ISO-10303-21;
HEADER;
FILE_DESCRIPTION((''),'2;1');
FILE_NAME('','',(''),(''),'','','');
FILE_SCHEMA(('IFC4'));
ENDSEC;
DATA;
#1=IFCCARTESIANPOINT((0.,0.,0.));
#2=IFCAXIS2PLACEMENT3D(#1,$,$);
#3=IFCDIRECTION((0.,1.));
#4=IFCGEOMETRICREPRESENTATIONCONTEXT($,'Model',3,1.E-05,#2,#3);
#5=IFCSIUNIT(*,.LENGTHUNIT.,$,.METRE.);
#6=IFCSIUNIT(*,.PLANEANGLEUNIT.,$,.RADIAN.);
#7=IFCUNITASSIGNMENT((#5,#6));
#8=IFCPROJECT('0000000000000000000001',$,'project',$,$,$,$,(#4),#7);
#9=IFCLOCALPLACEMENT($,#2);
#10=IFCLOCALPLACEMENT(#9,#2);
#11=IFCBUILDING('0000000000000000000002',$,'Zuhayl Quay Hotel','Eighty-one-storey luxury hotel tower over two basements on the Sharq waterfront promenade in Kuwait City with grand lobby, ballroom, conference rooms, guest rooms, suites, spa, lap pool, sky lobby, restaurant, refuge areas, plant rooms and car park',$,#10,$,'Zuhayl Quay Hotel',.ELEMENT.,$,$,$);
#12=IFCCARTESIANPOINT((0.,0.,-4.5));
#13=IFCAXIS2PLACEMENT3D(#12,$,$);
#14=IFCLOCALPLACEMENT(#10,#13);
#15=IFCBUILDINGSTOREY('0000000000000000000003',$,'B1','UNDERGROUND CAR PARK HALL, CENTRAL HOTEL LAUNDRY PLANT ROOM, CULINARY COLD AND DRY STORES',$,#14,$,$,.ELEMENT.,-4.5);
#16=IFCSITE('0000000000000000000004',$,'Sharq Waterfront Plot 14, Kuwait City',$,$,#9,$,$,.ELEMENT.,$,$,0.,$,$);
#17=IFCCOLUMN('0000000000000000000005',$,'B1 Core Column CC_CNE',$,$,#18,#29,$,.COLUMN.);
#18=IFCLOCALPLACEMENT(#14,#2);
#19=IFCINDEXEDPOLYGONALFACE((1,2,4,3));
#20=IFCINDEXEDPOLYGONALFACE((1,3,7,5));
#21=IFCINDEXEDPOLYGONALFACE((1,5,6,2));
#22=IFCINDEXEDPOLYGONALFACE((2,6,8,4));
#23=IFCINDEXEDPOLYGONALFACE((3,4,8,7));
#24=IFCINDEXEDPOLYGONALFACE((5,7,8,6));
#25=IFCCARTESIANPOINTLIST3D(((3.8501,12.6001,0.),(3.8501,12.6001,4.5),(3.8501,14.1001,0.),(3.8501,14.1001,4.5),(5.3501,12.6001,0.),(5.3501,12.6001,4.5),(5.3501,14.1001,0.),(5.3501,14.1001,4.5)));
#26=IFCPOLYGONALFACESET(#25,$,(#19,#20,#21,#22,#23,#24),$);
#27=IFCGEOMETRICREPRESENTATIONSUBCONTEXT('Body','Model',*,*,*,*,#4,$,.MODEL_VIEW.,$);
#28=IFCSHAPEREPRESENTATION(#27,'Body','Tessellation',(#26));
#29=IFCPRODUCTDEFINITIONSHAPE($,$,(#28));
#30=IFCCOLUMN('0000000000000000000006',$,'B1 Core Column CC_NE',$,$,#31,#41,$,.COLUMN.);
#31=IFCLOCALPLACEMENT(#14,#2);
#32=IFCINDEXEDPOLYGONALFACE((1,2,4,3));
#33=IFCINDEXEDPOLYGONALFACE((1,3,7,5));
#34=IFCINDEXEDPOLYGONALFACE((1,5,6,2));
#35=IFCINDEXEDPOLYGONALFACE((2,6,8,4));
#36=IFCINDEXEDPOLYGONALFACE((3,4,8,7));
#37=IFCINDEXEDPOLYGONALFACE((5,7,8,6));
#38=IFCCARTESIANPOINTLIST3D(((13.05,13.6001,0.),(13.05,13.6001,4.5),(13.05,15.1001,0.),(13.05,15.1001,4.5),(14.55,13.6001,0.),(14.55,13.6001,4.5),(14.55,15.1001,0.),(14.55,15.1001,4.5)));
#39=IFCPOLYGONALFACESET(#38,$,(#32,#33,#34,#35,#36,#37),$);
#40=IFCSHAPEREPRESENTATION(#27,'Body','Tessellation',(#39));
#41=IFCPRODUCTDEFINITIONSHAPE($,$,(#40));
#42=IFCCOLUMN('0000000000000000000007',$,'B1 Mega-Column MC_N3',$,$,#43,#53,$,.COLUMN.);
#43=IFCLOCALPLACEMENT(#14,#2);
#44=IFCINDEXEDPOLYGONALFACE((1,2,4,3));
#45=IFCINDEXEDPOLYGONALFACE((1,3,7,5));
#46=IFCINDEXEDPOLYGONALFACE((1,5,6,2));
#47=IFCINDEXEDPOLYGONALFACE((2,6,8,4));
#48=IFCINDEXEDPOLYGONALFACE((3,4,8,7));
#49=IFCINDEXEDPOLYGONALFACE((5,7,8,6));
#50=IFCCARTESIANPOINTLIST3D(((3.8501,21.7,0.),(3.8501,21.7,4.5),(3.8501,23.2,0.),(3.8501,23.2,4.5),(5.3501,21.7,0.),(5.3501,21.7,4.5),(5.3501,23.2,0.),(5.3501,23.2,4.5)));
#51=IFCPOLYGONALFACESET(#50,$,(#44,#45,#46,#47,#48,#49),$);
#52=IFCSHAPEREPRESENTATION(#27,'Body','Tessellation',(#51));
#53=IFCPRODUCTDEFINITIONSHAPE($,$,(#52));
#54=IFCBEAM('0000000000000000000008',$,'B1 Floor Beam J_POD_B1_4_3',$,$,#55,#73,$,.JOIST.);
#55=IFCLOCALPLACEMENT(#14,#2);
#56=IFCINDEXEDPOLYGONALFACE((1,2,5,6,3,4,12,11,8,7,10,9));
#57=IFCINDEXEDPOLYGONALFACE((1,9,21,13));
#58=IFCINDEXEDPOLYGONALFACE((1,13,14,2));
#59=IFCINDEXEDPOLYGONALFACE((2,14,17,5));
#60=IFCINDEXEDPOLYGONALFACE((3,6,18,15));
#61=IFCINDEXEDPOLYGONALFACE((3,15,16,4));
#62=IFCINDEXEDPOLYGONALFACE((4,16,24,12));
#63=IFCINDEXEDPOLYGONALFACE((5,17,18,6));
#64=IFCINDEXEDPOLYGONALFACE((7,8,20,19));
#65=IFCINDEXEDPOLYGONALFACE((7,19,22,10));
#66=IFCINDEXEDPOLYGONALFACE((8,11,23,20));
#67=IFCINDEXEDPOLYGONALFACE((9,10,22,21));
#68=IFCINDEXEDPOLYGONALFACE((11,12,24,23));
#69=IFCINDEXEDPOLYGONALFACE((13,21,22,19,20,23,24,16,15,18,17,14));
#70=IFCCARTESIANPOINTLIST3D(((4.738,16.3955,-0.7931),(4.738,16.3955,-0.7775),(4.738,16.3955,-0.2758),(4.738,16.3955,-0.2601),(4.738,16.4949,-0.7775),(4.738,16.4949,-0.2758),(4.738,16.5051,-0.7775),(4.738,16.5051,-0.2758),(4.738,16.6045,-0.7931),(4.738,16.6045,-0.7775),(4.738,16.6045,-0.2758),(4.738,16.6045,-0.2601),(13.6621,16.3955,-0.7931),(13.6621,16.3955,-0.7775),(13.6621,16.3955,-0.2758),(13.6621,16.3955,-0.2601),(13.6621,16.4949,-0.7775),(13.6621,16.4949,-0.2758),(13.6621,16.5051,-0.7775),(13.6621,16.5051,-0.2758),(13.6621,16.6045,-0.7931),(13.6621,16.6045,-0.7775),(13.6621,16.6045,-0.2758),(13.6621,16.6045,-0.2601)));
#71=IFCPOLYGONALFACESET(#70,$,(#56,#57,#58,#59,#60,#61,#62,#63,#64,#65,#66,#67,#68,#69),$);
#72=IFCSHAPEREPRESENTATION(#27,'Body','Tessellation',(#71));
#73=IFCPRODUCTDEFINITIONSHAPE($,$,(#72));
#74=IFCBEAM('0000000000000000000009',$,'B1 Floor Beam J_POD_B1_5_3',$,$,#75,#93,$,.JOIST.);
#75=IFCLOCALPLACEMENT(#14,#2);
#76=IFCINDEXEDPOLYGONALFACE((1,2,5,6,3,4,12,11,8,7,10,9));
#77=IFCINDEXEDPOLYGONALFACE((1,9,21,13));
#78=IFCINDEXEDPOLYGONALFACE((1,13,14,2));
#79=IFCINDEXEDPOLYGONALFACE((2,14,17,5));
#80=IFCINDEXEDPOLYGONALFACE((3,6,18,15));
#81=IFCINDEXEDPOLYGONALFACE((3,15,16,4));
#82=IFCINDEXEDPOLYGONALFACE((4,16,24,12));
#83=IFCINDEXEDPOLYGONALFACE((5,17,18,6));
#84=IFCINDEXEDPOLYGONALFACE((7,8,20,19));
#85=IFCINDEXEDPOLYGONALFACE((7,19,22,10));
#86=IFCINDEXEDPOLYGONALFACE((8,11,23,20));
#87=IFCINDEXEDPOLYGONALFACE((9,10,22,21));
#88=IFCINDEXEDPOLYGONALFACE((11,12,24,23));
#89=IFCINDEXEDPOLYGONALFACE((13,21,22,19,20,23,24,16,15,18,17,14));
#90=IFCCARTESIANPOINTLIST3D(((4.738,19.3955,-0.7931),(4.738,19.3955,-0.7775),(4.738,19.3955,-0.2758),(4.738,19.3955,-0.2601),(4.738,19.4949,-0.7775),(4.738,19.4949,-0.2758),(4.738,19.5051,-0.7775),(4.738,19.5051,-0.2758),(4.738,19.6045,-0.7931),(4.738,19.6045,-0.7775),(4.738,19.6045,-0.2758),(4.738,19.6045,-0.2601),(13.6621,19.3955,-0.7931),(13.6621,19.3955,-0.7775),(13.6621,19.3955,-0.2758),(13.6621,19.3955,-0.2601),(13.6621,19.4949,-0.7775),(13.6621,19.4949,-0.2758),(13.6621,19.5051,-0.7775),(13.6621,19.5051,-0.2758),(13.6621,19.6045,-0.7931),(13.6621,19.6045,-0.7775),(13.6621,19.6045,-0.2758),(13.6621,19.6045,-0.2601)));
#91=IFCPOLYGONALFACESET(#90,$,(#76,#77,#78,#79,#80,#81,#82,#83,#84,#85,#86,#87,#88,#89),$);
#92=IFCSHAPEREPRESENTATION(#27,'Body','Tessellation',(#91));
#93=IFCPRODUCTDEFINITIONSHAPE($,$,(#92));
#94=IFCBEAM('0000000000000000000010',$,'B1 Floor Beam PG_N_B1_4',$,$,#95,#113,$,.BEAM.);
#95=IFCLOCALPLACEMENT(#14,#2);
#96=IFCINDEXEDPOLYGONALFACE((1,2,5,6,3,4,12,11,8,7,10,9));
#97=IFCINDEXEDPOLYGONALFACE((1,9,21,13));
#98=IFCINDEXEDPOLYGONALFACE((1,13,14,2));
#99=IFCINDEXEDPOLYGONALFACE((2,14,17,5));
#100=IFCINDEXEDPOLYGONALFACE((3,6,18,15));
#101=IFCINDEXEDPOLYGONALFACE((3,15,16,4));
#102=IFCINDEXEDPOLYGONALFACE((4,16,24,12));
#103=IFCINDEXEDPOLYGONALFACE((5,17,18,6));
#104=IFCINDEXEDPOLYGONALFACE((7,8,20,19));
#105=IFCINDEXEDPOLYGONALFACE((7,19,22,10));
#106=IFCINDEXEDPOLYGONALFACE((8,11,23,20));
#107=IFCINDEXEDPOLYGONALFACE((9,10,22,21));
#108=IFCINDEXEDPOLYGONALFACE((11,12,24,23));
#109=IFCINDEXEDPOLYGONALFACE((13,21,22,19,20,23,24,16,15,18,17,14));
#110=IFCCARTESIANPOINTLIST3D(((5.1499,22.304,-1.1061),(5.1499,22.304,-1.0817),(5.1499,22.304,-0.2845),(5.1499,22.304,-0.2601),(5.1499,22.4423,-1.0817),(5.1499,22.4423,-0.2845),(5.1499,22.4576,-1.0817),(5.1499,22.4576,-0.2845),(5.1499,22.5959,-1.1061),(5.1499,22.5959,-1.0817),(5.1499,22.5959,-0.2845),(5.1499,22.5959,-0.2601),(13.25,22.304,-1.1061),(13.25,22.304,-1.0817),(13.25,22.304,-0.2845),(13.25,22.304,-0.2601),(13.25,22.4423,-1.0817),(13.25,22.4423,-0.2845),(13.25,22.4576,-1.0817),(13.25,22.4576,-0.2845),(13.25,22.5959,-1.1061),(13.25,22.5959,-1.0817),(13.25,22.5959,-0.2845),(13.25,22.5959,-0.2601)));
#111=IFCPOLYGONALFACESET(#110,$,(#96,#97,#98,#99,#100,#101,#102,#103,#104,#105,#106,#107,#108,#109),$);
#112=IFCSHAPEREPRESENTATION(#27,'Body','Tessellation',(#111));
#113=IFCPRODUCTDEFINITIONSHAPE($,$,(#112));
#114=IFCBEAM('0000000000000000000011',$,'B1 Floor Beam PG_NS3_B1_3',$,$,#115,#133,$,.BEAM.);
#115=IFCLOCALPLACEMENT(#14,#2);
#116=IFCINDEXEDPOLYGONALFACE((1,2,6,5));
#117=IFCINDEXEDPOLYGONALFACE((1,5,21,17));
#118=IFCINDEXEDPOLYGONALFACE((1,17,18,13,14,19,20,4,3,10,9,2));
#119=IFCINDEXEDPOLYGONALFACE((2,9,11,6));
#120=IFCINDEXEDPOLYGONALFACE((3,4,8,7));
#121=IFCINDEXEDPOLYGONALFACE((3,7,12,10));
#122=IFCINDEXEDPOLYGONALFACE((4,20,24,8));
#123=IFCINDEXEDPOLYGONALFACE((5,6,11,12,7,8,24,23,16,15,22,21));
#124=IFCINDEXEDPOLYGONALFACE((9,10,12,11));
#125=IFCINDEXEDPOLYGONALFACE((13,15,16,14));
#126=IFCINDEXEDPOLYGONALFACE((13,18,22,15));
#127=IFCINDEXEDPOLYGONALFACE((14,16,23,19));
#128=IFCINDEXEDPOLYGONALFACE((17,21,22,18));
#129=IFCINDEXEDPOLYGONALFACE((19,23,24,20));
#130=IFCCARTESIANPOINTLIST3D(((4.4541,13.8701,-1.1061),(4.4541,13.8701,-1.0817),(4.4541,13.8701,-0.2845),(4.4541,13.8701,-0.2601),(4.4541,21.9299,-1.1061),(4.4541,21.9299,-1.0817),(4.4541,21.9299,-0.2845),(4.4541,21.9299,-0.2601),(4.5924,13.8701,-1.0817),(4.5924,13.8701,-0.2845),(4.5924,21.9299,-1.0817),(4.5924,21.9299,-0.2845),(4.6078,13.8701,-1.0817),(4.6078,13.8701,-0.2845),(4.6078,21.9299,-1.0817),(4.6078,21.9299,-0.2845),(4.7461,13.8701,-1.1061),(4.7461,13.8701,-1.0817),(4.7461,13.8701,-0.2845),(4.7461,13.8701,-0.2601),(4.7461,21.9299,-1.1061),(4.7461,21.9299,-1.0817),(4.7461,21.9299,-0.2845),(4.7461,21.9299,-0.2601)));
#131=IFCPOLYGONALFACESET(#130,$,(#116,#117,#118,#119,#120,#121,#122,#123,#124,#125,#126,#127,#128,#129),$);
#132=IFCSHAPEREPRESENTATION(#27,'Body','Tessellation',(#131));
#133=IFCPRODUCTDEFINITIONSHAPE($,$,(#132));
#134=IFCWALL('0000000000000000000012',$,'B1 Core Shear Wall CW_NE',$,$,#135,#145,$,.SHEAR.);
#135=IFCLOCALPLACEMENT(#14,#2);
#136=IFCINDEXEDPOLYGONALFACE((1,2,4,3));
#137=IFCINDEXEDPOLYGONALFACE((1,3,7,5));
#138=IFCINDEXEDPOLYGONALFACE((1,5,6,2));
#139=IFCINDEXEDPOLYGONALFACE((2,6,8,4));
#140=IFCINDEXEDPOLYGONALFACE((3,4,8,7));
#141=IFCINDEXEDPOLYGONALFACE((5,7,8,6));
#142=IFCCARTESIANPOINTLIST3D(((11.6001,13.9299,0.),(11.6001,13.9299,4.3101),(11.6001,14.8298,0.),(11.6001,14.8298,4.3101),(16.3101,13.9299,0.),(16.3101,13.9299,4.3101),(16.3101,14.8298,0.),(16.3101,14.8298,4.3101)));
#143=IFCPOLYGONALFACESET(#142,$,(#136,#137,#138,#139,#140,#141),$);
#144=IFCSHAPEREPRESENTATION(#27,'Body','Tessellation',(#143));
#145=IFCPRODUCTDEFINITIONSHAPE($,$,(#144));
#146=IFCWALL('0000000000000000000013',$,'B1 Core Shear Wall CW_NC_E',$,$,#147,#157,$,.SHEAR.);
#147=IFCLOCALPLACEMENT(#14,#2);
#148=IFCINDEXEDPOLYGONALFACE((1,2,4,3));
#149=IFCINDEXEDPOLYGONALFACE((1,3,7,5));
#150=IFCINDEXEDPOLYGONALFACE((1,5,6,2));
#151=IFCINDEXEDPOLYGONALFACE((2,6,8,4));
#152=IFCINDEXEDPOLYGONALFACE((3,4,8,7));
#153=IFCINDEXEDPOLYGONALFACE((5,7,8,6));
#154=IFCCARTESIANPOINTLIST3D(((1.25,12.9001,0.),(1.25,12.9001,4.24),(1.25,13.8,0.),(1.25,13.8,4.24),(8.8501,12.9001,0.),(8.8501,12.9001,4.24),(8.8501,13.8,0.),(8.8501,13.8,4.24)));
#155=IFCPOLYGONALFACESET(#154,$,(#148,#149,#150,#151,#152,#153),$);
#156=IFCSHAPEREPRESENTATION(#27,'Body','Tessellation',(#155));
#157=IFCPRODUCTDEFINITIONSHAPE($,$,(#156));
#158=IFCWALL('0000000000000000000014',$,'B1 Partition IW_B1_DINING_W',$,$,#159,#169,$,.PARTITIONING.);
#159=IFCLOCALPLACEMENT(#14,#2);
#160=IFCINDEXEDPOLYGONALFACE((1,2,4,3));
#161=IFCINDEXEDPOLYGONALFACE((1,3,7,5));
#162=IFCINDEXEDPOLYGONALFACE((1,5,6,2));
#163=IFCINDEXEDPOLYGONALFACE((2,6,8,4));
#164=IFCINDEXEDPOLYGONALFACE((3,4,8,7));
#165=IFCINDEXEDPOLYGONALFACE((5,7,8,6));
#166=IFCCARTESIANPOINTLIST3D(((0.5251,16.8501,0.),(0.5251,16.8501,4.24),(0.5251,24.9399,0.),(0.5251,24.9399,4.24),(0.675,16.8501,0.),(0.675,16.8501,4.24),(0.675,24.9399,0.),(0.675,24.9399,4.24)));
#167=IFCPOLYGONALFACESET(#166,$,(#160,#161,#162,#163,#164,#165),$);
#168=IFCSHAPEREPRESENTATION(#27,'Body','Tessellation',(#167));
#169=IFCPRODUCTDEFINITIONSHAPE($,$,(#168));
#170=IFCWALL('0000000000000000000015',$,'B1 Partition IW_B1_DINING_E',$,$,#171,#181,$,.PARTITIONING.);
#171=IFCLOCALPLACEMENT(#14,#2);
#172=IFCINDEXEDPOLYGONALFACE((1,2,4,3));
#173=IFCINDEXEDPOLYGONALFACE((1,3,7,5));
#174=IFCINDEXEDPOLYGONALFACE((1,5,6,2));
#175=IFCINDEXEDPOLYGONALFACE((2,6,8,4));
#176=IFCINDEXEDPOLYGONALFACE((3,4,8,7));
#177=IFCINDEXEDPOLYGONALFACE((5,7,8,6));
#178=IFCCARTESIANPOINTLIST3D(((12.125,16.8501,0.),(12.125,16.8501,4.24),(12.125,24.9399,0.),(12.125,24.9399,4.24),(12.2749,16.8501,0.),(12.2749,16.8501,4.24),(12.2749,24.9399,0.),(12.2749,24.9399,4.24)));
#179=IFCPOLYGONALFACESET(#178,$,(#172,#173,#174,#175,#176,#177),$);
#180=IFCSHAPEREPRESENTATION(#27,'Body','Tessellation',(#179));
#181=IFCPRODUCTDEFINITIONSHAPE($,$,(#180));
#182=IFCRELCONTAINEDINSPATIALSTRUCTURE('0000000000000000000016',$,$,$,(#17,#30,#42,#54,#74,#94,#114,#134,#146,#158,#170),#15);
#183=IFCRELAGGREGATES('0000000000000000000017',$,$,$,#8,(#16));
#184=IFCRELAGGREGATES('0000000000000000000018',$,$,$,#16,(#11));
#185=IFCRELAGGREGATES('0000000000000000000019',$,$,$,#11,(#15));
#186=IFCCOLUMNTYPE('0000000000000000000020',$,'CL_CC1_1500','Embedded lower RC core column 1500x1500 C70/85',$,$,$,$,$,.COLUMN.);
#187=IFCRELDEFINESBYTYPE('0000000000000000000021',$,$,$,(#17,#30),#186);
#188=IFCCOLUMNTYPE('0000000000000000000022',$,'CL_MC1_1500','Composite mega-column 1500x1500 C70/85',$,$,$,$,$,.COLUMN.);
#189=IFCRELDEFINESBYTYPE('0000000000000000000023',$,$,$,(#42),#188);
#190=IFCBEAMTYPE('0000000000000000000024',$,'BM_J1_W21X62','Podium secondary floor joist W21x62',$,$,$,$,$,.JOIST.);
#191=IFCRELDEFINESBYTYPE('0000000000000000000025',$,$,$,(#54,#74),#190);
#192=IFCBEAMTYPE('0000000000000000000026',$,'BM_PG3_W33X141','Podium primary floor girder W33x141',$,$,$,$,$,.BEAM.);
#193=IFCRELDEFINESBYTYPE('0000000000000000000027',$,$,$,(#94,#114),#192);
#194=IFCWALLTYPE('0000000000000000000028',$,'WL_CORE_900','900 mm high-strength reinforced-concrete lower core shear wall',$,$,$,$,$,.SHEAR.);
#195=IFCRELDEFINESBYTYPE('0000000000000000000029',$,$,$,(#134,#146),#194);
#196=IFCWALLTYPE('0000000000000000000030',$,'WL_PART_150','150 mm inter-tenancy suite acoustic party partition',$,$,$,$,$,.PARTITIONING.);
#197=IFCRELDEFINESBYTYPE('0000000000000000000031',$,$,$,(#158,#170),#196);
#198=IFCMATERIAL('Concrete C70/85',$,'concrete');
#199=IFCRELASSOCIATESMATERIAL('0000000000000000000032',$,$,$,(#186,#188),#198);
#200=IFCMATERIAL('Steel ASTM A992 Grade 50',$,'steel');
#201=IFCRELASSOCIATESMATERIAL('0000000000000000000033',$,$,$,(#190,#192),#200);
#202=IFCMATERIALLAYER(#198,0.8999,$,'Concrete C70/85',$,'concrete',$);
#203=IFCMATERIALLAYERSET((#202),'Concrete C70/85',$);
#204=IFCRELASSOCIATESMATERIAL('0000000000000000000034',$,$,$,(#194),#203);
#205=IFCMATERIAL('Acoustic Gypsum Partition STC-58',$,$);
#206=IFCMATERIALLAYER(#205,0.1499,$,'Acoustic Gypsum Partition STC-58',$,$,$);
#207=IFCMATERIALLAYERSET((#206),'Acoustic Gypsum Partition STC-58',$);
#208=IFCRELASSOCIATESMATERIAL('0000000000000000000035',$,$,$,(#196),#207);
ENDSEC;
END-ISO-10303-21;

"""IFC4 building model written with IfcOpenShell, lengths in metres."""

from ifc_helpers import new_model, si_unit, direction, frame, frame_2d, origin, origin_2d, place, context, subcontext, project, spatial, rectangle, i_section, extrude, material, layer, layer_set, material_profile, profile_set, type_object, element, save


model = new_model("IFC4")

# Units and contexts
model_context = context("Model", 3, precision=1e-05, world=origin(), true_north=direction((0.0, 1.0)))
body_context = subcontext(model_context, "Body", "Model", "MODEL_VIEW")
ifc_project = project(units=[si_unit("LENGTHUNIT", "METRE"), si_unit("PLANEANGLEUNIT", "RADIAN")], contexts=[model_context])

# Site, building, storey
site_placement = place(None, origin())
site = spatial("IfcSite", under=ifc_project, at=site_placement, Name="Sharq Waterfront Plot 14, Kuwait City", CompositionType="ELEMENT", RefElevation=0.0)
building_placement = place(site_placement, origin())
building = spatial("IfcBuilding", under=site, at=building_placement, Name="Zuhayl Quay Hotel", Description="Eighty-one-storey luxury hotel tower over two basements on the Sharq waterfront promenade in Kuwait City with grand lobby, ballroom, conference rooms, guest rooms, suites, spa, lap pool, sky lobby, restaurant, refuge areas, plant rooms and car park", LongName="Zuhayl Quay Hotel", CompositionType="ELEMENT")
storey_placement = place(building_placement, frame((0.0, 0.0, -4.5)))
storey = spatial("IfcBuildingStorey", under=building, at=storey_placement, Name="B1", Description="UNDERGROUND CAR PARK HALL, CENTRAL HOTEL LAUNDRY PLANT ROOM, CULINARY COLD AND DRY STORES", CompositionType="ELEMENT", Elevation=-4.5)

# Columns
ifc_material_1 = material(Name="Concrete C70/85", Category="concrete")
ifc_material_profile_1 = material_profile(ifc_material_1, rectangle(XDim=1.5, YDim=1.5, at=origin_2d()), Name="RC1500X1500")
ifc_profile_set_1 = profile_set([ifc_material_profile_1], Name="Concrete C70/85")
column_type_1 = type_object("IfcColumnType", Name="CL_CC1_1500", Description="Embedded lower RC core column 1500x1500 C70/85", PredefinedType="COLUMN", material=ifc_profile_set_1)
for number, where, z_axis, x_axis, name in (
    (1, (4.6001, 13.3501, 0.0), (0.0, 0.0, 1.0), (1.0, 0.0, 0.0), "B1 Core Column CC_CNE"),
    (2, (13.8, 14.3501, 0.0), (0.0, 0.0, 1.0), (1.0, 0.0, 0.0), "B1 Core Column CC_NE"),
):
    element("IfcColumn", number, at=place(storey_placement, frame(where, z_axis=z_axis, x_axis=x_axis)), inside=storey, type_object=column_type_1, Name=name, PredefinedType="COLUMN", context=body_context, shape_type="SweptSolid", body=[
        extrude(rectangle(XDim=1.5, YDim=1.5, at=origin_2d()), origin(), (0.0, 0.0, 1.0), 4.5),
    ])
ifc_material_profile_2 = material_profile(ifc_material_1, rectangle(XDim=1.5, YDim=1.5, at=origin_2d()), Name="RC1500X1500")
ifc_profile_set_2 = profile_set([ifc_material_profile_2], Name="Concrete C70/85")
column_type_2 = type_object("IfcColumnType", Name="CL_MC1_1500", Description="Composite mega-column 1500x1500 C70/85", PredefinedType="COLUMN", material=ifc_profile_set_2)
column_placement = place(storey_placement, frame((4.6001, 22.45, 0.0), z_axis=(0.0, 0.0, 1.0), x_axis=(1.0, 0.0, 0.0)))
element("IfcColumn", 3, at=column_placement, inside=storey, type_object=column_type_2, Name="B1 Mega-Column MC_N3", PredefinedType="COLUMN", context=body_context, shape_type="SweptSolid", body=[
    extrude(rectangle(XDim=1.5, YDim=1.5, at=origin_2d()), origin(), (0.0, 0.0, 1.0), 4.5),
])

# Beams
ifc_material_2 = material(Name="Steel ASTM A992 Grade 50", Category="steel")
ifc_material_profile_3 = material_profile(ifc_material_2, i_section(OverallWidth=0.209, OverallDepth=0.533, WebThickness=0.0103, FlangeThickness=0.0156, at=origin_2d()), Name="W21X62")
ifc_profile_set_3 = profile_set([ifc_material_profile_3], Name="Steel ASTM A992 Grade 50")
beam_type_1 = type_object("IfcBeamType", Name="BM_J1_W21X62", Description="Podium secondary floor joist W21x62", PredefinedType="JOIST", material=ifc_profile_set_3)
for number, where, z_axis, x_axis, name in (
    (4, (4.738, 16.5, -0.5266), (1.0, 0.0, 0.0), (0.0, 1.0, 0.0), "B1 Floor Beam J_POD_B1_4_3"),
    (5, (4.738, 19.5, -0.5266), (1.0, 0.0, 0.0), (0.0, 1.0, 0.0), "B1 Floor Beam J_POD_B1_5_3"),
):
    element("IfcBeam", number, at=place(storey_placement, frame(where, z_axis=z_axis, x_axis=x_axis)), inside=storey, type_object=beam_type_1, Name=name, PredefinedType="JOIST", context=body_context, shape_type="SweptSolid", body=[
        extrude(i_section(OverallWidth=0.209, OverallDepth=0.533, WebThickness=0.0103, FlangeThickness=0.0156, at=origin_2d()), origin(), (0.0, 0.0, 1.0), 8.9241),
    ])
ifc_material_profile_4 = material_profile(ifc_material_2, i_section(OverallWidth=0.292, OverallDepth=0.8459, WebThickness=0.0154, FlangeThickness=0.0244, at=origin_2d()), Name="W33X141")
ifc_profile_set_4 = profile_set([ifc_material_profile_4], Name="Steel ASTM A992 Grade 50")
beam_type_2 = type_object("IfcBeamType", Name="BM_PG3_W33X141", Description="Podium primary floor girder W33x141", PredefinedType="BEAM", material=ifc_profile_set_4)
beam_1_placement = place(storey_placement, frame((5.1499, 22.45, -0.6831), z_axis=(1.0, 0.0, 0.0), x_axis=(0.0, 1.0, 0.0)))
element("IfcBeam", 6, at=beam_1_placement, inside=storey, type_object=beam_type_2, Name="B1 Floor Beam PG_N_B1_4", PredefinedType="BEAM", context=body_context, shape_type="SweptSolid", body=[
    extrude(i_section(OverallWidth=0.292, OverallDepth=0.8459, WebThickness=0.0154, FlangeThickness=0.0244, at=origin_2d()), origin(), (0.0, 0.0, 1.0), 8.1001),
])
beam_2_placement = place(storey_placement, frame((4.6001, 13.8701, -0.6831), z_axis=(0.0, 1.0, 0.0), x_axis=(-1.0, 0.0, 0.0)))
element("IfcBeam", 7, at=beam_2_placement, inside=storey, type_object=beam_type_2, Name="B1 Floor Beam PG_NS3_B1_3", PredefinedType="BEAM", context=body_context, shape_type="SweptSolid", body=[
    extrude(i_section(OverallWidth=0.292, OverallDepth=0.8459, WebThickness=0.0154, FlangeThickness=0.0244, at=origin_2d()), origin(), (0.0, 0.0, 1.0), 8.0598),
])

# Walls
ifc_layer_1 = layer(ifc_material_1, 0.8999, Name="Concrete C70/85", Category="concrete")
ifc_layer_set_1 = layer_set([ifc_layer_1], Name="Concrete C70/85")
wall_type_1 = type_object("IfcWallType", Name="WL_CORE_900", Description="900 mm high-strength reinforced-concrete lower core shear wall", PredefinedType="SHEAR", material=ifc_layer_set_1)
wall_1_placement = place(storey_placement, frame((11.6001, 14.3799, 0.0), z_axis=(0.0, 0.0, 1.0), x_axis=(1.0, 0.0, 0.0)))
element("IfcWall", 8, at=wall_1_placement, inside=storey, type_object=wall_type_1, Name="B1 Core Shear Wall CW_NE", PredefinedType="SHEAR", context=body_context, shape_type="SweptSolid", body=[
    extrude(rectangle(XDim=4.71, YDim=0.8999, at=frame_2d((2.355, 0.0))), origin(), (0.0, 0.0, 1.0), 4.3101),
])
wall_2_placement = place(storey_placement, frame((1.25, 13.3501, 0.0), z_axis=(0.0, 0.0, 1.0), x_axis=(1.0, 0.0, 0.0)))
element("IfcWall", 9, at=wall_2_placement, inside=storey, type_object=wall_type_1, Name="B1 Core Shear Wall CW_NC_E", PredefinedType="SHEAR", context=body_context, shape_type="SweptSolid", body=[
    extrude(rectangle(XDim=7.6001, YDim=0.8999, at=frame_2d((3.8, 0.0))), origin(), (0.0, 0.0, 1.0), 4.24),
])
ifc_material_3 = material(Name="Acoustic Gypsum Partition STC-58")
ifc_layer_2 = layer(ifc_material_3, 0.1499, Name="Acoustic Gypsum Partition STC-58")
ifc_layer_set_2 = layer_set([ifc_layer_2], Name="Acoustic Gypsum Partition STC-58")
wall_type_2 = type_object("IfcWallType", Name="WL_PART_150", Description="150 mm inter-tenancy suite acoustic party partition", PredefinedType="PARTITIONING", material=ifc_layer_set_2)
for number, where, z_axis, x_axis, name in (
    (10, (0.6001, 16.8501, 0.0), (0.0, 0.0, 1.0), (0.0, 1.0, 0.0), "B1 Partition IW_B1_DINING_W"),
    (11, (12.2, 16.8501, 0.0), (0.0, 0.0, 1.0), (0.0, 1.0, 0.0), "B1 Partition IW_B1_DINING_E"),
):
    element("IfcWall", number, at=place(storey_placement, frame(where, z_axis=z_axis, x_axis=x_axis)), inside=storey, type_object=wall_type_2, Name=name, PredefinedType="PARTITIONING", context=body_context, shape_type="SweptSolid", body=[
        extrude(rectangle(XDim=8.0898, YDim=0.1499, at=frame_2d((4.0449, 0.0))), origin(), (0.0, 0.0, 1.0), 4.24),
    ])

save(model, "model.ifc")
